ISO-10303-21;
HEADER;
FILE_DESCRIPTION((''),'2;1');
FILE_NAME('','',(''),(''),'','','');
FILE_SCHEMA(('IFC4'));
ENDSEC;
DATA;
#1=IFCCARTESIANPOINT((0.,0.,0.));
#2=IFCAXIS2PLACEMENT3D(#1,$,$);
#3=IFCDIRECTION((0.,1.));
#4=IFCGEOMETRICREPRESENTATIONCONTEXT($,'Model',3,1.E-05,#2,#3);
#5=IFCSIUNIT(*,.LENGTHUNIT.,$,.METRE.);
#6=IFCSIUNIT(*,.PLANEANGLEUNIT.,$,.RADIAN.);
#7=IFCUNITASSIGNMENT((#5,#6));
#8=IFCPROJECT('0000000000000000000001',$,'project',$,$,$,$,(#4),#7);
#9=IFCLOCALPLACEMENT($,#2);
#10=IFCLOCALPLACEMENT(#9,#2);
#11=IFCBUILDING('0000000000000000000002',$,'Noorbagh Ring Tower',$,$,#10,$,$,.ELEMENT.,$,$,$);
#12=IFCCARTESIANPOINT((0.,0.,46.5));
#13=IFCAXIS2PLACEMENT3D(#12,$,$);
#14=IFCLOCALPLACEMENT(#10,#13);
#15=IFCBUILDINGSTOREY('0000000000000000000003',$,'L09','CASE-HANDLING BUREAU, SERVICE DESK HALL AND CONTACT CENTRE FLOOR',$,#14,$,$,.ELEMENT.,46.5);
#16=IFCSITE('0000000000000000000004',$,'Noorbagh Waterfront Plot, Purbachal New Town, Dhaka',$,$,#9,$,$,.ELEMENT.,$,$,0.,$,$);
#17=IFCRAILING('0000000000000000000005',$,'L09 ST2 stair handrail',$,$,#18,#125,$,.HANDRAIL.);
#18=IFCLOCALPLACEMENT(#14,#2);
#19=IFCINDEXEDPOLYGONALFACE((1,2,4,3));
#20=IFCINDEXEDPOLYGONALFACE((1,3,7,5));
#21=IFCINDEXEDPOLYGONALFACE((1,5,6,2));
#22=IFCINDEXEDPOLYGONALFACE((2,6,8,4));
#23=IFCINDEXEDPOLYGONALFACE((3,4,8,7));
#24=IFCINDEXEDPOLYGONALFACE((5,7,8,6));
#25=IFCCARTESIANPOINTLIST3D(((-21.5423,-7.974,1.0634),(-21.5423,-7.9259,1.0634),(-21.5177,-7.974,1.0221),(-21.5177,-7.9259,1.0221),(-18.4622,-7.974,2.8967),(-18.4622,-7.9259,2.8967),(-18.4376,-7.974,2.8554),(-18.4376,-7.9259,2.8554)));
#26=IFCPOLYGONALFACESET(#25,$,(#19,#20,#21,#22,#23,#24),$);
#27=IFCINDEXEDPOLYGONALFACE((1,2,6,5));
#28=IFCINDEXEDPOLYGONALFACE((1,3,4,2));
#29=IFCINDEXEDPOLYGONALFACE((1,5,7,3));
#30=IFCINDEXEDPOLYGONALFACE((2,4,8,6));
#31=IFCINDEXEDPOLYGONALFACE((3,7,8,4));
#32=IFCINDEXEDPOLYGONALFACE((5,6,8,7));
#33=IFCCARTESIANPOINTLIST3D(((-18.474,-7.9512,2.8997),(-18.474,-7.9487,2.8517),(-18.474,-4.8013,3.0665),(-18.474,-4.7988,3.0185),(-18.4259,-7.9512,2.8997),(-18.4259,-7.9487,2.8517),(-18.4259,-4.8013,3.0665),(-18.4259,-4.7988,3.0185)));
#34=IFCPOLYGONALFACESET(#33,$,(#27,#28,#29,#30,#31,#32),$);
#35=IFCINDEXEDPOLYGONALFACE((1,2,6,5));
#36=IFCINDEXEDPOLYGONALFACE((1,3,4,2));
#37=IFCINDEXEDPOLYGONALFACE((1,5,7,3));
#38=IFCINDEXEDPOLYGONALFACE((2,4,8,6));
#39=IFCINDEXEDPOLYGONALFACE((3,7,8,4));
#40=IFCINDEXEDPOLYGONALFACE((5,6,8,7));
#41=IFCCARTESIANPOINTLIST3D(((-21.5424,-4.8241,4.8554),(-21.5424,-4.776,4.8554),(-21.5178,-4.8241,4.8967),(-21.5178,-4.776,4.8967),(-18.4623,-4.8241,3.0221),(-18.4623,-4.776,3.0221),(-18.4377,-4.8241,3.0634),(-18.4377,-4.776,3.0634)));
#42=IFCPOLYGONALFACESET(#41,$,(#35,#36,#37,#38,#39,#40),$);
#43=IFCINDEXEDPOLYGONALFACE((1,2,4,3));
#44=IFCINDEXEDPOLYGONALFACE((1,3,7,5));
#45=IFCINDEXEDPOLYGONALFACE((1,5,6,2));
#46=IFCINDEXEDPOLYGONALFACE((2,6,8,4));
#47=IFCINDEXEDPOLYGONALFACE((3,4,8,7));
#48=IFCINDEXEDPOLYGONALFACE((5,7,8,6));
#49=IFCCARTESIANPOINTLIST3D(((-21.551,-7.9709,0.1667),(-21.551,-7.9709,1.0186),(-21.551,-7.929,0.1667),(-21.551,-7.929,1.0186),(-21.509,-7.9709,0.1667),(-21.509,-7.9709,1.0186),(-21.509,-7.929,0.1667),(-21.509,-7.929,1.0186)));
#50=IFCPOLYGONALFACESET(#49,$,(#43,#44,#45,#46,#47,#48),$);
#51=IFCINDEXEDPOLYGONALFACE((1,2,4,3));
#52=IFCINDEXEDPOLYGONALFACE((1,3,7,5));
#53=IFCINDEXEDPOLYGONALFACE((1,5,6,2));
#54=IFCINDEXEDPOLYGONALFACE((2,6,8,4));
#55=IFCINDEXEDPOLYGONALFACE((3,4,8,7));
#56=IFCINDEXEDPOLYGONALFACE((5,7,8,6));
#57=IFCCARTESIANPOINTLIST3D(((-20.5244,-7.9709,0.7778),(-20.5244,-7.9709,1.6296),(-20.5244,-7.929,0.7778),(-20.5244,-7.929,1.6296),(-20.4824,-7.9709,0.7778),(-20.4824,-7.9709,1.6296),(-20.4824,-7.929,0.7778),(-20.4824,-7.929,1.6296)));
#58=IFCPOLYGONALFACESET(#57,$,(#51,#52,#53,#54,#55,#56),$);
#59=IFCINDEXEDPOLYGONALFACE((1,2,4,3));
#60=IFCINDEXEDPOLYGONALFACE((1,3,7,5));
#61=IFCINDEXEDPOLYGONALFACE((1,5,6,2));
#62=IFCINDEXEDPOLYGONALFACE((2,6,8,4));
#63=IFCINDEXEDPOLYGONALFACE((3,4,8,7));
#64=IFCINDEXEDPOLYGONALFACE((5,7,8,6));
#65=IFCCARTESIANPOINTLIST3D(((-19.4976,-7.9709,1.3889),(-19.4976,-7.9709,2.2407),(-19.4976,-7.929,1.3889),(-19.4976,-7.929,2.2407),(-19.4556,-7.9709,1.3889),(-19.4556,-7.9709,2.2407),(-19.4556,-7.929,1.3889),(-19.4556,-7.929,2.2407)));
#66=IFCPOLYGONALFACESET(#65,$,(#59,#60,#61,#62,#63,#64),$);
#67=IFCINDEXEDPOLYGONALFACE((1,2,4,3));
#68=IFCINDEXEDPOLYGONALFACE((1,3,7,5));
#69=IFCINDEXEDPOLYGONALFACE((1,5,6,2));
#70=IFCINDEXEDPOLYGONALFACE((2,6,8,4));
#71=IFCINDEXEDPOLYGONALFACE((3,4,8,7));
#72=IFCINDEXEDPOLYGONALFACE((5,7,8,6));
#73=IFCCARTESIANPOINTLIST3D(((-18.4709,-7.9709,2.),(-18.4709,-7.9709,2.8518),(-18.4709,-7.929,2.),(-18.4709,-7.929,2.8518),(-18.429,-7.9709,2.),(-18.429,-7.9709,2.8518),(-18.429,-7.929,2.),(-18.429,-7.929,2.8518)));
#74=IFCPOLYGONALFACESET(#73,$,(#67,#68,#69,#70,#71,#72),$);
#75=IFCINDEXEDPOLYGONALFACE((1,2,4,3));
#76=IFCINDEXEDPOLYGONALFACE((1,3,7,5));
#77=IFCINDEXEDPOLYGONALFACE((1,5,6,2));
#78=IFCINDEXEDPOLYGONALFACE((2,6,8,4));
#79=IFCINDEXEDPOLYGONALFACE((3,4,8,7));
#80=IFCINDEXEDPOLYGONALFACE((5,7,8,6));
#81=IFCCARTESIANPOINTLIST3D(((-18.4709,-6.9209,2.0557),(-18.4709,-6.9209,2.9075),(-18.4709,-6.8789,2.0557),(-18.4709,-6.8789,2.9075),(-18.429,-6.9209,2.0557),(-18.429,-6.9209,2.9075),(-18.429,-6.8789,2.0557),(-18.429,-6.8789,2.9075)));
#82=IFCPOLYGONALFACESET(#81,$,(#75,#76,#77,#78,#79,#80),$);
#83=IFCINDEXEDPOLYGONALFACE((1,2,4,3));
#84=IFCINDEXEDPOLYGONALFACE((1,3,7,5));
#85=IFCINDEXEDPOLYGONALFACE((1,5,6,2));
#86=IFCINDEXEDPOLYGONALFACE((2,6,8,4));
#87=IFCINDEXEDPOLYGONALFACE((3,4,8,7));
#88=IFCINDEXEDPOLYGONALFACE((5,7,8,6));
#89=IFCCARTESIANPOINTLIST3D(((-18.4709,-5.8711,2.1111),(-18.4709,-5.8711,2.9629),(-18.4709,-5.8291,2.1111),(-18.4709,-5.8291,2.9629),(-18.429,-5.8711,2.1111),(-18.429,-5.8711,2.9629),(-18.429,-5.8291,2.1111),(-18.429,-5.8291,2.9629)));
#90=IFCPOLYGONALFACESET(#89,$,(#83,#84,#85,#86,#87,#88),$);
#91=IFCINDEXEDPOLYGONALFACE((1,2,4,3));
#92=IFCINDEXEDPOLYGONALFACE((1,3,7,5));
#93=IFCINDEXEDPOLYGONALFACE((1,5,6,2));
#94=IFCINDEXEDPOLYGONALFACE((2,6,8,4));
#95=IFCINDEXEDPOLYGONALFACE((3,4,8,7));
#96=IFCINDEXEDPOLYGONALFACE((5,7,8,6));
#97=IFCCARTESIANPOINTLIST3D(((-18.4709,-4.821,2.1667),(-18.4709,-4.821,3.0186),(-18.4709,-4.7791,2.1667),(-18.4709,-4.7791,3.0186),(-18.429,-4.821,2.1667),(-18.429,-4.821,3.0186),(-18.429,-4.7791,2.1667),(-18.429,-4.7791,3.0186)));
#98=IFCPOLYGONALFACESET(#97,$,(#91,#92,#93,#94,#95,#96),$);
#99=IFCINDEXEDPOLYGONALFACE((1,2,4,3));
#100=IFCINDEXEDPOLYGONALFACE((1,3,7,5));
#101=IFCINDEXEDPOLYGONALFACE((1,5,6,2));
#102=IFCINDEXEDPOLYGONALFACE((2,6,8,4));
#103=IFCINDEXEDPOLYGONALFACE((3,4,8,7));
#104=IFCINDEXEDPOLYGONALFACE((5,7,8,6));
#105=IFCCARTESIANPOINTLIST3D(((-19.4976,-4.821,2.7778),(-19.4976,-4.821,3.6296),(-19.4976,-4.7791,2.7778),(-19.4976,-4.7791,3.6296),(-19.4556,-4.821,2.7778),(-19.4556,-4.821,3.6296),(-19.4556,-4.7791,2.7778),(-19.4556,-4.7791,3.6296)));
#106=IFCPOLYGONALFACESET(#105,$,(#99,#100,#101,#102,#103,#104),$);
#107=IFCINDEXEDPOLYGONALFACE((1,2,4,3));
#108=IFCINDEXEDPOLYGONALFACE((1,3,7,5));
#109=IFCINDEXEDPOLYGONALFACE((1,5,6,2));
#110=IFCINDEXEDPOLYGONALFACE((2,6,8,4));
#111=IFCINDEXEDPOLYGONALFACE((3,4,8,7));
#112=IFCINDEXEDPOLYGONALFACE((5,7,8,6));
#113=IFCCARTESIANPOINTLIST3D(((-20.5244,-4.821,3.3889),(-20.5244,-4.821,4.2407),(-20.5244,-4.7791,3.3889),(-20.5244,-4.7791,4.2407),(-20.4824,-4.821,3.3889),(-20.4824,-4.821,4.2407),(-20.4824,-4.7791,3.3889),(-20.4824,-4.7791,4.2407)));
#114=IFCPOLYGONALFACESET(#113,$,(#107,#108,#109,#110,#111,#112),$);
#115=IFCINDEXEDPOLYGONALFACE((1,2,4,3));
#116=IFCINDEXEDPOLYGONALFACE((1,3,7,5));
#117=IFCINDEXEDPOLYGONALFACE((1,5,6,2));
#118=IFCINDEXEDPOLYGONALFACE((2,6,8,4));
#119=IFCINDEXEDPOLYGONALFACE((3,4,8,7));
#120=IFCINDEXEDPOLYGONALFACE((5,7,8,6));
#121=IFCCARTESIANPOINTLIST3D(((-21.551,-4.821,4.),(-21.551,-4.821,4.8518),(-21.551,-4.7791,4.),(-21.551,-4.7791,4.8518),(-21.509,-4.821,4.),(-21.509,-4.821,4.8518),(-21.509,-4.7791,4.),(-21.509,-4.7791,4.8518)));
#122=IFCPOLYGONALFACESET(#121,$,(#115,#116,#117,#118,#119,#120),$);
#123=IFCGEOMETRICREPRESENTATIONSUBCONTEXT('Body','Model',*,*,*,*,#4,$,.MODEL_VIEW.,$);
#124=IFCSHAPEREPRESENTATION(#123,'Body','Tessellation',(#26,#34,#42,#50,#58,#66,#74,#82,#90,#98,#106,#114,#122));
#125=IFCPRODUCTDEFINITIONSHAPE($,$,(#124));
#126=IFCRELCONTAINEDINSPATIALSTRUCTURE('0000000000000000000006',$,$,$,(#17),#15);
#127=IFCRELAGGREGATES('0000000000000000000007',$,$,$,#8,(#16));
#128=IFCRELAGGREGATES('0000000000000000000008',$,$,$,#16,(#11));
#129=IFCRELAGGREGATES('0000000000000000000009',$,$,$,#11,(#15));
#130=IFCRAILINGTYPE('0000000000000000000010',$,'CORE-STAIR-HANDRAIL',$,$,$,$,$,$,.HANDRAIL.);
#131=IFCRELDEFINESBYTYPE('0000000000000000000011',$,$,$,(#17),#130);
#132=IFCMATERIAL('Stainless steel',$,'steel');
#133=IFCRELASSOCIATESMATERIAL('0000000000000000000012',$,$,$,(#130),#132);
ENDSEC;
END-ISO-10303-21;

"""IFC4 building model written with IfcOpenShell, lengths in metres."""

from ifc_helpers import new_model, si_unit, direction, frame, origin, origin_2d, place, context, subcontext, project, spatial, rectangle, extrude, material, type_object, element, save


model = new_model("IFC4")

# Units and contexts
model_context = context("Model", 3, precision=1e-05, world=origin(), true_north=direction((0.0, 1.0)))
body_context = subcontext(model_context, "Body", "Model", "MODEL_VIEW")
ifc_project = project(units=[si_unit("LENGTHUNIT", "METRE"), si_unit("PLANEANGLEUNIT", "RADIAN")], contexts=[model_context])

# Site, building, storey
site_placement = place(None, origin())
site = spatial("IfcSite", under=ifc_project, at=site_placement, Name="Noorbagh Waterfront Plot, Purbachal New Town, Dhaka", CompositionType="ELEMENT", RefElevation=0.0)
building_placement = place(site_placement, origin())
building = spatial("IfcBuilding", under=site, at=building_placement, Name="Noorbagh Ring Tower", CompositionType="ELEMENT")
storey_placement = place(building_placement, frame((0.0, 0.0, 46.5)))
storey = spatial("IfcBuildingStorey", under=building, at=storey_placement, Name="L09", Description="CASE-HANDLING BUREAU, SERVICE DESK HALL AND CONTACT CENTRE FLOOR", CompositionType="ELEMENT", Elevation=46.5)

# Railing
ifc_material_1 = material(Name="Stainless steel", Category="steel")
railing_type_1 = type_object("IfcRailingType", Name="CORE-STAIR-HANDRAIL", PredefinedType="HANDRAIL", material=ifc_material_1)
railing_1_placement = place(storey_placement, frame((-21.53, -7.95, 0.1667)))
element("IfcRailing", 1, at=railing_1_placement, inside=storey, type_object=railing_type_1, Name="L09 ST2 stair handrail", PredefinedType="HANDRAIL", context=body_context, shape_type="SweptSolid", body=[
    extrude(rectangle(XDim=0.0481, YDim=0.0481, at=origin_2d()), frame((0.0, 0.0, 0.876), z_axis=(0.859309, 0.0, 0.511458), x_axis=(0.0, 1.0, 0.0)), (0.0, 0.0, 1.0), 3.5845),
    extrude(rectangle(XDim=0.0481, YDim=0.0481, at=origin_2d()), frame((3.0801, 0.0, 2.709), z_axis=(0.0, 0.998602, 0.052864), x_axis=(-1.0, 0.0, 0.0)), (0.0, 0.0, 1.0), 3.1543),
    extrude(rectangle(XDim=0.0481, YDim=0.0481, at=origin_2d()), frame((3.0801, 3.1499, 2.876), z_axis=(-0.859309, 0.0, 0.511458), x_axis=(0.0, -1.0, 0.0)), (0.0, 0.0, 1.0), 3.5845),
    extrude(rectangle(XDim=0.042, YDim=0.042, at=origin_2d()), origin(), (0.0, 0.0, 1.0), 0.8518),
    extrude(rectangle(XDim=0.042, YDim=0.042, at=origin_2d()), frame((1.0266, 0.0, 0.6111)), (0.0, 0.0, 1.0), 0.8518),
    extrude(rectangle(XDim=0.042, YDim=0.042, at=origin_2d()), frame((2.0535, 0.0, 1.2222)), (0.0, 0.0, 1.0), 0.8518),
    extrude(rectangle(XDim=0.042, YDim=0.042, at=origin_2d()), frame((3.0801, 0.0, 1.8333)), (0.0, 0.0, 1.0), 0.8518),
    extrude(rectangle(XDim=0.042, YDim=0.042, at=origin_2d()), frame((3.0801, 1.05, 1.8889)), (0.0, 0.0, 1.0), 0.8518),
    extrude(rectangle(XDim=0.042, YDim=0.042, at=origin_2d()), frame((3.0801, 2.0999, 1.9443)), (0.0, 0.0, 1.0), 0.8518),
    extrude(rectangle(XDim=0.042, YDim=0.042, at=origin_2d()), frame((3.0801, 3.1499, 2.0)), (0.0, 0.0, 1.0), 0.8518),
    extrude(rectangle(XDim=0.042, YDim=0.042, at=origin_2d()), frame((2.0535, 3.1499, 2.6111)), (0.0, 0.0, 1.0), 0.8518),
    extrude(rectangle(XDim=0.042, YDim=0.042, at=origin_2d()), frame((1.0266, 3.1499, 3.2222)), (0.0, 0.0, 1.0), 0.8518),
    extrude(rectangle(XDim=0.042, YDim=0.042, at=origin_2d()), frame((0.0, 3.1499, 3.8333)), (0.0, 0.0, 1.0), 0.8518),
])

save(model, "model.ifc")
